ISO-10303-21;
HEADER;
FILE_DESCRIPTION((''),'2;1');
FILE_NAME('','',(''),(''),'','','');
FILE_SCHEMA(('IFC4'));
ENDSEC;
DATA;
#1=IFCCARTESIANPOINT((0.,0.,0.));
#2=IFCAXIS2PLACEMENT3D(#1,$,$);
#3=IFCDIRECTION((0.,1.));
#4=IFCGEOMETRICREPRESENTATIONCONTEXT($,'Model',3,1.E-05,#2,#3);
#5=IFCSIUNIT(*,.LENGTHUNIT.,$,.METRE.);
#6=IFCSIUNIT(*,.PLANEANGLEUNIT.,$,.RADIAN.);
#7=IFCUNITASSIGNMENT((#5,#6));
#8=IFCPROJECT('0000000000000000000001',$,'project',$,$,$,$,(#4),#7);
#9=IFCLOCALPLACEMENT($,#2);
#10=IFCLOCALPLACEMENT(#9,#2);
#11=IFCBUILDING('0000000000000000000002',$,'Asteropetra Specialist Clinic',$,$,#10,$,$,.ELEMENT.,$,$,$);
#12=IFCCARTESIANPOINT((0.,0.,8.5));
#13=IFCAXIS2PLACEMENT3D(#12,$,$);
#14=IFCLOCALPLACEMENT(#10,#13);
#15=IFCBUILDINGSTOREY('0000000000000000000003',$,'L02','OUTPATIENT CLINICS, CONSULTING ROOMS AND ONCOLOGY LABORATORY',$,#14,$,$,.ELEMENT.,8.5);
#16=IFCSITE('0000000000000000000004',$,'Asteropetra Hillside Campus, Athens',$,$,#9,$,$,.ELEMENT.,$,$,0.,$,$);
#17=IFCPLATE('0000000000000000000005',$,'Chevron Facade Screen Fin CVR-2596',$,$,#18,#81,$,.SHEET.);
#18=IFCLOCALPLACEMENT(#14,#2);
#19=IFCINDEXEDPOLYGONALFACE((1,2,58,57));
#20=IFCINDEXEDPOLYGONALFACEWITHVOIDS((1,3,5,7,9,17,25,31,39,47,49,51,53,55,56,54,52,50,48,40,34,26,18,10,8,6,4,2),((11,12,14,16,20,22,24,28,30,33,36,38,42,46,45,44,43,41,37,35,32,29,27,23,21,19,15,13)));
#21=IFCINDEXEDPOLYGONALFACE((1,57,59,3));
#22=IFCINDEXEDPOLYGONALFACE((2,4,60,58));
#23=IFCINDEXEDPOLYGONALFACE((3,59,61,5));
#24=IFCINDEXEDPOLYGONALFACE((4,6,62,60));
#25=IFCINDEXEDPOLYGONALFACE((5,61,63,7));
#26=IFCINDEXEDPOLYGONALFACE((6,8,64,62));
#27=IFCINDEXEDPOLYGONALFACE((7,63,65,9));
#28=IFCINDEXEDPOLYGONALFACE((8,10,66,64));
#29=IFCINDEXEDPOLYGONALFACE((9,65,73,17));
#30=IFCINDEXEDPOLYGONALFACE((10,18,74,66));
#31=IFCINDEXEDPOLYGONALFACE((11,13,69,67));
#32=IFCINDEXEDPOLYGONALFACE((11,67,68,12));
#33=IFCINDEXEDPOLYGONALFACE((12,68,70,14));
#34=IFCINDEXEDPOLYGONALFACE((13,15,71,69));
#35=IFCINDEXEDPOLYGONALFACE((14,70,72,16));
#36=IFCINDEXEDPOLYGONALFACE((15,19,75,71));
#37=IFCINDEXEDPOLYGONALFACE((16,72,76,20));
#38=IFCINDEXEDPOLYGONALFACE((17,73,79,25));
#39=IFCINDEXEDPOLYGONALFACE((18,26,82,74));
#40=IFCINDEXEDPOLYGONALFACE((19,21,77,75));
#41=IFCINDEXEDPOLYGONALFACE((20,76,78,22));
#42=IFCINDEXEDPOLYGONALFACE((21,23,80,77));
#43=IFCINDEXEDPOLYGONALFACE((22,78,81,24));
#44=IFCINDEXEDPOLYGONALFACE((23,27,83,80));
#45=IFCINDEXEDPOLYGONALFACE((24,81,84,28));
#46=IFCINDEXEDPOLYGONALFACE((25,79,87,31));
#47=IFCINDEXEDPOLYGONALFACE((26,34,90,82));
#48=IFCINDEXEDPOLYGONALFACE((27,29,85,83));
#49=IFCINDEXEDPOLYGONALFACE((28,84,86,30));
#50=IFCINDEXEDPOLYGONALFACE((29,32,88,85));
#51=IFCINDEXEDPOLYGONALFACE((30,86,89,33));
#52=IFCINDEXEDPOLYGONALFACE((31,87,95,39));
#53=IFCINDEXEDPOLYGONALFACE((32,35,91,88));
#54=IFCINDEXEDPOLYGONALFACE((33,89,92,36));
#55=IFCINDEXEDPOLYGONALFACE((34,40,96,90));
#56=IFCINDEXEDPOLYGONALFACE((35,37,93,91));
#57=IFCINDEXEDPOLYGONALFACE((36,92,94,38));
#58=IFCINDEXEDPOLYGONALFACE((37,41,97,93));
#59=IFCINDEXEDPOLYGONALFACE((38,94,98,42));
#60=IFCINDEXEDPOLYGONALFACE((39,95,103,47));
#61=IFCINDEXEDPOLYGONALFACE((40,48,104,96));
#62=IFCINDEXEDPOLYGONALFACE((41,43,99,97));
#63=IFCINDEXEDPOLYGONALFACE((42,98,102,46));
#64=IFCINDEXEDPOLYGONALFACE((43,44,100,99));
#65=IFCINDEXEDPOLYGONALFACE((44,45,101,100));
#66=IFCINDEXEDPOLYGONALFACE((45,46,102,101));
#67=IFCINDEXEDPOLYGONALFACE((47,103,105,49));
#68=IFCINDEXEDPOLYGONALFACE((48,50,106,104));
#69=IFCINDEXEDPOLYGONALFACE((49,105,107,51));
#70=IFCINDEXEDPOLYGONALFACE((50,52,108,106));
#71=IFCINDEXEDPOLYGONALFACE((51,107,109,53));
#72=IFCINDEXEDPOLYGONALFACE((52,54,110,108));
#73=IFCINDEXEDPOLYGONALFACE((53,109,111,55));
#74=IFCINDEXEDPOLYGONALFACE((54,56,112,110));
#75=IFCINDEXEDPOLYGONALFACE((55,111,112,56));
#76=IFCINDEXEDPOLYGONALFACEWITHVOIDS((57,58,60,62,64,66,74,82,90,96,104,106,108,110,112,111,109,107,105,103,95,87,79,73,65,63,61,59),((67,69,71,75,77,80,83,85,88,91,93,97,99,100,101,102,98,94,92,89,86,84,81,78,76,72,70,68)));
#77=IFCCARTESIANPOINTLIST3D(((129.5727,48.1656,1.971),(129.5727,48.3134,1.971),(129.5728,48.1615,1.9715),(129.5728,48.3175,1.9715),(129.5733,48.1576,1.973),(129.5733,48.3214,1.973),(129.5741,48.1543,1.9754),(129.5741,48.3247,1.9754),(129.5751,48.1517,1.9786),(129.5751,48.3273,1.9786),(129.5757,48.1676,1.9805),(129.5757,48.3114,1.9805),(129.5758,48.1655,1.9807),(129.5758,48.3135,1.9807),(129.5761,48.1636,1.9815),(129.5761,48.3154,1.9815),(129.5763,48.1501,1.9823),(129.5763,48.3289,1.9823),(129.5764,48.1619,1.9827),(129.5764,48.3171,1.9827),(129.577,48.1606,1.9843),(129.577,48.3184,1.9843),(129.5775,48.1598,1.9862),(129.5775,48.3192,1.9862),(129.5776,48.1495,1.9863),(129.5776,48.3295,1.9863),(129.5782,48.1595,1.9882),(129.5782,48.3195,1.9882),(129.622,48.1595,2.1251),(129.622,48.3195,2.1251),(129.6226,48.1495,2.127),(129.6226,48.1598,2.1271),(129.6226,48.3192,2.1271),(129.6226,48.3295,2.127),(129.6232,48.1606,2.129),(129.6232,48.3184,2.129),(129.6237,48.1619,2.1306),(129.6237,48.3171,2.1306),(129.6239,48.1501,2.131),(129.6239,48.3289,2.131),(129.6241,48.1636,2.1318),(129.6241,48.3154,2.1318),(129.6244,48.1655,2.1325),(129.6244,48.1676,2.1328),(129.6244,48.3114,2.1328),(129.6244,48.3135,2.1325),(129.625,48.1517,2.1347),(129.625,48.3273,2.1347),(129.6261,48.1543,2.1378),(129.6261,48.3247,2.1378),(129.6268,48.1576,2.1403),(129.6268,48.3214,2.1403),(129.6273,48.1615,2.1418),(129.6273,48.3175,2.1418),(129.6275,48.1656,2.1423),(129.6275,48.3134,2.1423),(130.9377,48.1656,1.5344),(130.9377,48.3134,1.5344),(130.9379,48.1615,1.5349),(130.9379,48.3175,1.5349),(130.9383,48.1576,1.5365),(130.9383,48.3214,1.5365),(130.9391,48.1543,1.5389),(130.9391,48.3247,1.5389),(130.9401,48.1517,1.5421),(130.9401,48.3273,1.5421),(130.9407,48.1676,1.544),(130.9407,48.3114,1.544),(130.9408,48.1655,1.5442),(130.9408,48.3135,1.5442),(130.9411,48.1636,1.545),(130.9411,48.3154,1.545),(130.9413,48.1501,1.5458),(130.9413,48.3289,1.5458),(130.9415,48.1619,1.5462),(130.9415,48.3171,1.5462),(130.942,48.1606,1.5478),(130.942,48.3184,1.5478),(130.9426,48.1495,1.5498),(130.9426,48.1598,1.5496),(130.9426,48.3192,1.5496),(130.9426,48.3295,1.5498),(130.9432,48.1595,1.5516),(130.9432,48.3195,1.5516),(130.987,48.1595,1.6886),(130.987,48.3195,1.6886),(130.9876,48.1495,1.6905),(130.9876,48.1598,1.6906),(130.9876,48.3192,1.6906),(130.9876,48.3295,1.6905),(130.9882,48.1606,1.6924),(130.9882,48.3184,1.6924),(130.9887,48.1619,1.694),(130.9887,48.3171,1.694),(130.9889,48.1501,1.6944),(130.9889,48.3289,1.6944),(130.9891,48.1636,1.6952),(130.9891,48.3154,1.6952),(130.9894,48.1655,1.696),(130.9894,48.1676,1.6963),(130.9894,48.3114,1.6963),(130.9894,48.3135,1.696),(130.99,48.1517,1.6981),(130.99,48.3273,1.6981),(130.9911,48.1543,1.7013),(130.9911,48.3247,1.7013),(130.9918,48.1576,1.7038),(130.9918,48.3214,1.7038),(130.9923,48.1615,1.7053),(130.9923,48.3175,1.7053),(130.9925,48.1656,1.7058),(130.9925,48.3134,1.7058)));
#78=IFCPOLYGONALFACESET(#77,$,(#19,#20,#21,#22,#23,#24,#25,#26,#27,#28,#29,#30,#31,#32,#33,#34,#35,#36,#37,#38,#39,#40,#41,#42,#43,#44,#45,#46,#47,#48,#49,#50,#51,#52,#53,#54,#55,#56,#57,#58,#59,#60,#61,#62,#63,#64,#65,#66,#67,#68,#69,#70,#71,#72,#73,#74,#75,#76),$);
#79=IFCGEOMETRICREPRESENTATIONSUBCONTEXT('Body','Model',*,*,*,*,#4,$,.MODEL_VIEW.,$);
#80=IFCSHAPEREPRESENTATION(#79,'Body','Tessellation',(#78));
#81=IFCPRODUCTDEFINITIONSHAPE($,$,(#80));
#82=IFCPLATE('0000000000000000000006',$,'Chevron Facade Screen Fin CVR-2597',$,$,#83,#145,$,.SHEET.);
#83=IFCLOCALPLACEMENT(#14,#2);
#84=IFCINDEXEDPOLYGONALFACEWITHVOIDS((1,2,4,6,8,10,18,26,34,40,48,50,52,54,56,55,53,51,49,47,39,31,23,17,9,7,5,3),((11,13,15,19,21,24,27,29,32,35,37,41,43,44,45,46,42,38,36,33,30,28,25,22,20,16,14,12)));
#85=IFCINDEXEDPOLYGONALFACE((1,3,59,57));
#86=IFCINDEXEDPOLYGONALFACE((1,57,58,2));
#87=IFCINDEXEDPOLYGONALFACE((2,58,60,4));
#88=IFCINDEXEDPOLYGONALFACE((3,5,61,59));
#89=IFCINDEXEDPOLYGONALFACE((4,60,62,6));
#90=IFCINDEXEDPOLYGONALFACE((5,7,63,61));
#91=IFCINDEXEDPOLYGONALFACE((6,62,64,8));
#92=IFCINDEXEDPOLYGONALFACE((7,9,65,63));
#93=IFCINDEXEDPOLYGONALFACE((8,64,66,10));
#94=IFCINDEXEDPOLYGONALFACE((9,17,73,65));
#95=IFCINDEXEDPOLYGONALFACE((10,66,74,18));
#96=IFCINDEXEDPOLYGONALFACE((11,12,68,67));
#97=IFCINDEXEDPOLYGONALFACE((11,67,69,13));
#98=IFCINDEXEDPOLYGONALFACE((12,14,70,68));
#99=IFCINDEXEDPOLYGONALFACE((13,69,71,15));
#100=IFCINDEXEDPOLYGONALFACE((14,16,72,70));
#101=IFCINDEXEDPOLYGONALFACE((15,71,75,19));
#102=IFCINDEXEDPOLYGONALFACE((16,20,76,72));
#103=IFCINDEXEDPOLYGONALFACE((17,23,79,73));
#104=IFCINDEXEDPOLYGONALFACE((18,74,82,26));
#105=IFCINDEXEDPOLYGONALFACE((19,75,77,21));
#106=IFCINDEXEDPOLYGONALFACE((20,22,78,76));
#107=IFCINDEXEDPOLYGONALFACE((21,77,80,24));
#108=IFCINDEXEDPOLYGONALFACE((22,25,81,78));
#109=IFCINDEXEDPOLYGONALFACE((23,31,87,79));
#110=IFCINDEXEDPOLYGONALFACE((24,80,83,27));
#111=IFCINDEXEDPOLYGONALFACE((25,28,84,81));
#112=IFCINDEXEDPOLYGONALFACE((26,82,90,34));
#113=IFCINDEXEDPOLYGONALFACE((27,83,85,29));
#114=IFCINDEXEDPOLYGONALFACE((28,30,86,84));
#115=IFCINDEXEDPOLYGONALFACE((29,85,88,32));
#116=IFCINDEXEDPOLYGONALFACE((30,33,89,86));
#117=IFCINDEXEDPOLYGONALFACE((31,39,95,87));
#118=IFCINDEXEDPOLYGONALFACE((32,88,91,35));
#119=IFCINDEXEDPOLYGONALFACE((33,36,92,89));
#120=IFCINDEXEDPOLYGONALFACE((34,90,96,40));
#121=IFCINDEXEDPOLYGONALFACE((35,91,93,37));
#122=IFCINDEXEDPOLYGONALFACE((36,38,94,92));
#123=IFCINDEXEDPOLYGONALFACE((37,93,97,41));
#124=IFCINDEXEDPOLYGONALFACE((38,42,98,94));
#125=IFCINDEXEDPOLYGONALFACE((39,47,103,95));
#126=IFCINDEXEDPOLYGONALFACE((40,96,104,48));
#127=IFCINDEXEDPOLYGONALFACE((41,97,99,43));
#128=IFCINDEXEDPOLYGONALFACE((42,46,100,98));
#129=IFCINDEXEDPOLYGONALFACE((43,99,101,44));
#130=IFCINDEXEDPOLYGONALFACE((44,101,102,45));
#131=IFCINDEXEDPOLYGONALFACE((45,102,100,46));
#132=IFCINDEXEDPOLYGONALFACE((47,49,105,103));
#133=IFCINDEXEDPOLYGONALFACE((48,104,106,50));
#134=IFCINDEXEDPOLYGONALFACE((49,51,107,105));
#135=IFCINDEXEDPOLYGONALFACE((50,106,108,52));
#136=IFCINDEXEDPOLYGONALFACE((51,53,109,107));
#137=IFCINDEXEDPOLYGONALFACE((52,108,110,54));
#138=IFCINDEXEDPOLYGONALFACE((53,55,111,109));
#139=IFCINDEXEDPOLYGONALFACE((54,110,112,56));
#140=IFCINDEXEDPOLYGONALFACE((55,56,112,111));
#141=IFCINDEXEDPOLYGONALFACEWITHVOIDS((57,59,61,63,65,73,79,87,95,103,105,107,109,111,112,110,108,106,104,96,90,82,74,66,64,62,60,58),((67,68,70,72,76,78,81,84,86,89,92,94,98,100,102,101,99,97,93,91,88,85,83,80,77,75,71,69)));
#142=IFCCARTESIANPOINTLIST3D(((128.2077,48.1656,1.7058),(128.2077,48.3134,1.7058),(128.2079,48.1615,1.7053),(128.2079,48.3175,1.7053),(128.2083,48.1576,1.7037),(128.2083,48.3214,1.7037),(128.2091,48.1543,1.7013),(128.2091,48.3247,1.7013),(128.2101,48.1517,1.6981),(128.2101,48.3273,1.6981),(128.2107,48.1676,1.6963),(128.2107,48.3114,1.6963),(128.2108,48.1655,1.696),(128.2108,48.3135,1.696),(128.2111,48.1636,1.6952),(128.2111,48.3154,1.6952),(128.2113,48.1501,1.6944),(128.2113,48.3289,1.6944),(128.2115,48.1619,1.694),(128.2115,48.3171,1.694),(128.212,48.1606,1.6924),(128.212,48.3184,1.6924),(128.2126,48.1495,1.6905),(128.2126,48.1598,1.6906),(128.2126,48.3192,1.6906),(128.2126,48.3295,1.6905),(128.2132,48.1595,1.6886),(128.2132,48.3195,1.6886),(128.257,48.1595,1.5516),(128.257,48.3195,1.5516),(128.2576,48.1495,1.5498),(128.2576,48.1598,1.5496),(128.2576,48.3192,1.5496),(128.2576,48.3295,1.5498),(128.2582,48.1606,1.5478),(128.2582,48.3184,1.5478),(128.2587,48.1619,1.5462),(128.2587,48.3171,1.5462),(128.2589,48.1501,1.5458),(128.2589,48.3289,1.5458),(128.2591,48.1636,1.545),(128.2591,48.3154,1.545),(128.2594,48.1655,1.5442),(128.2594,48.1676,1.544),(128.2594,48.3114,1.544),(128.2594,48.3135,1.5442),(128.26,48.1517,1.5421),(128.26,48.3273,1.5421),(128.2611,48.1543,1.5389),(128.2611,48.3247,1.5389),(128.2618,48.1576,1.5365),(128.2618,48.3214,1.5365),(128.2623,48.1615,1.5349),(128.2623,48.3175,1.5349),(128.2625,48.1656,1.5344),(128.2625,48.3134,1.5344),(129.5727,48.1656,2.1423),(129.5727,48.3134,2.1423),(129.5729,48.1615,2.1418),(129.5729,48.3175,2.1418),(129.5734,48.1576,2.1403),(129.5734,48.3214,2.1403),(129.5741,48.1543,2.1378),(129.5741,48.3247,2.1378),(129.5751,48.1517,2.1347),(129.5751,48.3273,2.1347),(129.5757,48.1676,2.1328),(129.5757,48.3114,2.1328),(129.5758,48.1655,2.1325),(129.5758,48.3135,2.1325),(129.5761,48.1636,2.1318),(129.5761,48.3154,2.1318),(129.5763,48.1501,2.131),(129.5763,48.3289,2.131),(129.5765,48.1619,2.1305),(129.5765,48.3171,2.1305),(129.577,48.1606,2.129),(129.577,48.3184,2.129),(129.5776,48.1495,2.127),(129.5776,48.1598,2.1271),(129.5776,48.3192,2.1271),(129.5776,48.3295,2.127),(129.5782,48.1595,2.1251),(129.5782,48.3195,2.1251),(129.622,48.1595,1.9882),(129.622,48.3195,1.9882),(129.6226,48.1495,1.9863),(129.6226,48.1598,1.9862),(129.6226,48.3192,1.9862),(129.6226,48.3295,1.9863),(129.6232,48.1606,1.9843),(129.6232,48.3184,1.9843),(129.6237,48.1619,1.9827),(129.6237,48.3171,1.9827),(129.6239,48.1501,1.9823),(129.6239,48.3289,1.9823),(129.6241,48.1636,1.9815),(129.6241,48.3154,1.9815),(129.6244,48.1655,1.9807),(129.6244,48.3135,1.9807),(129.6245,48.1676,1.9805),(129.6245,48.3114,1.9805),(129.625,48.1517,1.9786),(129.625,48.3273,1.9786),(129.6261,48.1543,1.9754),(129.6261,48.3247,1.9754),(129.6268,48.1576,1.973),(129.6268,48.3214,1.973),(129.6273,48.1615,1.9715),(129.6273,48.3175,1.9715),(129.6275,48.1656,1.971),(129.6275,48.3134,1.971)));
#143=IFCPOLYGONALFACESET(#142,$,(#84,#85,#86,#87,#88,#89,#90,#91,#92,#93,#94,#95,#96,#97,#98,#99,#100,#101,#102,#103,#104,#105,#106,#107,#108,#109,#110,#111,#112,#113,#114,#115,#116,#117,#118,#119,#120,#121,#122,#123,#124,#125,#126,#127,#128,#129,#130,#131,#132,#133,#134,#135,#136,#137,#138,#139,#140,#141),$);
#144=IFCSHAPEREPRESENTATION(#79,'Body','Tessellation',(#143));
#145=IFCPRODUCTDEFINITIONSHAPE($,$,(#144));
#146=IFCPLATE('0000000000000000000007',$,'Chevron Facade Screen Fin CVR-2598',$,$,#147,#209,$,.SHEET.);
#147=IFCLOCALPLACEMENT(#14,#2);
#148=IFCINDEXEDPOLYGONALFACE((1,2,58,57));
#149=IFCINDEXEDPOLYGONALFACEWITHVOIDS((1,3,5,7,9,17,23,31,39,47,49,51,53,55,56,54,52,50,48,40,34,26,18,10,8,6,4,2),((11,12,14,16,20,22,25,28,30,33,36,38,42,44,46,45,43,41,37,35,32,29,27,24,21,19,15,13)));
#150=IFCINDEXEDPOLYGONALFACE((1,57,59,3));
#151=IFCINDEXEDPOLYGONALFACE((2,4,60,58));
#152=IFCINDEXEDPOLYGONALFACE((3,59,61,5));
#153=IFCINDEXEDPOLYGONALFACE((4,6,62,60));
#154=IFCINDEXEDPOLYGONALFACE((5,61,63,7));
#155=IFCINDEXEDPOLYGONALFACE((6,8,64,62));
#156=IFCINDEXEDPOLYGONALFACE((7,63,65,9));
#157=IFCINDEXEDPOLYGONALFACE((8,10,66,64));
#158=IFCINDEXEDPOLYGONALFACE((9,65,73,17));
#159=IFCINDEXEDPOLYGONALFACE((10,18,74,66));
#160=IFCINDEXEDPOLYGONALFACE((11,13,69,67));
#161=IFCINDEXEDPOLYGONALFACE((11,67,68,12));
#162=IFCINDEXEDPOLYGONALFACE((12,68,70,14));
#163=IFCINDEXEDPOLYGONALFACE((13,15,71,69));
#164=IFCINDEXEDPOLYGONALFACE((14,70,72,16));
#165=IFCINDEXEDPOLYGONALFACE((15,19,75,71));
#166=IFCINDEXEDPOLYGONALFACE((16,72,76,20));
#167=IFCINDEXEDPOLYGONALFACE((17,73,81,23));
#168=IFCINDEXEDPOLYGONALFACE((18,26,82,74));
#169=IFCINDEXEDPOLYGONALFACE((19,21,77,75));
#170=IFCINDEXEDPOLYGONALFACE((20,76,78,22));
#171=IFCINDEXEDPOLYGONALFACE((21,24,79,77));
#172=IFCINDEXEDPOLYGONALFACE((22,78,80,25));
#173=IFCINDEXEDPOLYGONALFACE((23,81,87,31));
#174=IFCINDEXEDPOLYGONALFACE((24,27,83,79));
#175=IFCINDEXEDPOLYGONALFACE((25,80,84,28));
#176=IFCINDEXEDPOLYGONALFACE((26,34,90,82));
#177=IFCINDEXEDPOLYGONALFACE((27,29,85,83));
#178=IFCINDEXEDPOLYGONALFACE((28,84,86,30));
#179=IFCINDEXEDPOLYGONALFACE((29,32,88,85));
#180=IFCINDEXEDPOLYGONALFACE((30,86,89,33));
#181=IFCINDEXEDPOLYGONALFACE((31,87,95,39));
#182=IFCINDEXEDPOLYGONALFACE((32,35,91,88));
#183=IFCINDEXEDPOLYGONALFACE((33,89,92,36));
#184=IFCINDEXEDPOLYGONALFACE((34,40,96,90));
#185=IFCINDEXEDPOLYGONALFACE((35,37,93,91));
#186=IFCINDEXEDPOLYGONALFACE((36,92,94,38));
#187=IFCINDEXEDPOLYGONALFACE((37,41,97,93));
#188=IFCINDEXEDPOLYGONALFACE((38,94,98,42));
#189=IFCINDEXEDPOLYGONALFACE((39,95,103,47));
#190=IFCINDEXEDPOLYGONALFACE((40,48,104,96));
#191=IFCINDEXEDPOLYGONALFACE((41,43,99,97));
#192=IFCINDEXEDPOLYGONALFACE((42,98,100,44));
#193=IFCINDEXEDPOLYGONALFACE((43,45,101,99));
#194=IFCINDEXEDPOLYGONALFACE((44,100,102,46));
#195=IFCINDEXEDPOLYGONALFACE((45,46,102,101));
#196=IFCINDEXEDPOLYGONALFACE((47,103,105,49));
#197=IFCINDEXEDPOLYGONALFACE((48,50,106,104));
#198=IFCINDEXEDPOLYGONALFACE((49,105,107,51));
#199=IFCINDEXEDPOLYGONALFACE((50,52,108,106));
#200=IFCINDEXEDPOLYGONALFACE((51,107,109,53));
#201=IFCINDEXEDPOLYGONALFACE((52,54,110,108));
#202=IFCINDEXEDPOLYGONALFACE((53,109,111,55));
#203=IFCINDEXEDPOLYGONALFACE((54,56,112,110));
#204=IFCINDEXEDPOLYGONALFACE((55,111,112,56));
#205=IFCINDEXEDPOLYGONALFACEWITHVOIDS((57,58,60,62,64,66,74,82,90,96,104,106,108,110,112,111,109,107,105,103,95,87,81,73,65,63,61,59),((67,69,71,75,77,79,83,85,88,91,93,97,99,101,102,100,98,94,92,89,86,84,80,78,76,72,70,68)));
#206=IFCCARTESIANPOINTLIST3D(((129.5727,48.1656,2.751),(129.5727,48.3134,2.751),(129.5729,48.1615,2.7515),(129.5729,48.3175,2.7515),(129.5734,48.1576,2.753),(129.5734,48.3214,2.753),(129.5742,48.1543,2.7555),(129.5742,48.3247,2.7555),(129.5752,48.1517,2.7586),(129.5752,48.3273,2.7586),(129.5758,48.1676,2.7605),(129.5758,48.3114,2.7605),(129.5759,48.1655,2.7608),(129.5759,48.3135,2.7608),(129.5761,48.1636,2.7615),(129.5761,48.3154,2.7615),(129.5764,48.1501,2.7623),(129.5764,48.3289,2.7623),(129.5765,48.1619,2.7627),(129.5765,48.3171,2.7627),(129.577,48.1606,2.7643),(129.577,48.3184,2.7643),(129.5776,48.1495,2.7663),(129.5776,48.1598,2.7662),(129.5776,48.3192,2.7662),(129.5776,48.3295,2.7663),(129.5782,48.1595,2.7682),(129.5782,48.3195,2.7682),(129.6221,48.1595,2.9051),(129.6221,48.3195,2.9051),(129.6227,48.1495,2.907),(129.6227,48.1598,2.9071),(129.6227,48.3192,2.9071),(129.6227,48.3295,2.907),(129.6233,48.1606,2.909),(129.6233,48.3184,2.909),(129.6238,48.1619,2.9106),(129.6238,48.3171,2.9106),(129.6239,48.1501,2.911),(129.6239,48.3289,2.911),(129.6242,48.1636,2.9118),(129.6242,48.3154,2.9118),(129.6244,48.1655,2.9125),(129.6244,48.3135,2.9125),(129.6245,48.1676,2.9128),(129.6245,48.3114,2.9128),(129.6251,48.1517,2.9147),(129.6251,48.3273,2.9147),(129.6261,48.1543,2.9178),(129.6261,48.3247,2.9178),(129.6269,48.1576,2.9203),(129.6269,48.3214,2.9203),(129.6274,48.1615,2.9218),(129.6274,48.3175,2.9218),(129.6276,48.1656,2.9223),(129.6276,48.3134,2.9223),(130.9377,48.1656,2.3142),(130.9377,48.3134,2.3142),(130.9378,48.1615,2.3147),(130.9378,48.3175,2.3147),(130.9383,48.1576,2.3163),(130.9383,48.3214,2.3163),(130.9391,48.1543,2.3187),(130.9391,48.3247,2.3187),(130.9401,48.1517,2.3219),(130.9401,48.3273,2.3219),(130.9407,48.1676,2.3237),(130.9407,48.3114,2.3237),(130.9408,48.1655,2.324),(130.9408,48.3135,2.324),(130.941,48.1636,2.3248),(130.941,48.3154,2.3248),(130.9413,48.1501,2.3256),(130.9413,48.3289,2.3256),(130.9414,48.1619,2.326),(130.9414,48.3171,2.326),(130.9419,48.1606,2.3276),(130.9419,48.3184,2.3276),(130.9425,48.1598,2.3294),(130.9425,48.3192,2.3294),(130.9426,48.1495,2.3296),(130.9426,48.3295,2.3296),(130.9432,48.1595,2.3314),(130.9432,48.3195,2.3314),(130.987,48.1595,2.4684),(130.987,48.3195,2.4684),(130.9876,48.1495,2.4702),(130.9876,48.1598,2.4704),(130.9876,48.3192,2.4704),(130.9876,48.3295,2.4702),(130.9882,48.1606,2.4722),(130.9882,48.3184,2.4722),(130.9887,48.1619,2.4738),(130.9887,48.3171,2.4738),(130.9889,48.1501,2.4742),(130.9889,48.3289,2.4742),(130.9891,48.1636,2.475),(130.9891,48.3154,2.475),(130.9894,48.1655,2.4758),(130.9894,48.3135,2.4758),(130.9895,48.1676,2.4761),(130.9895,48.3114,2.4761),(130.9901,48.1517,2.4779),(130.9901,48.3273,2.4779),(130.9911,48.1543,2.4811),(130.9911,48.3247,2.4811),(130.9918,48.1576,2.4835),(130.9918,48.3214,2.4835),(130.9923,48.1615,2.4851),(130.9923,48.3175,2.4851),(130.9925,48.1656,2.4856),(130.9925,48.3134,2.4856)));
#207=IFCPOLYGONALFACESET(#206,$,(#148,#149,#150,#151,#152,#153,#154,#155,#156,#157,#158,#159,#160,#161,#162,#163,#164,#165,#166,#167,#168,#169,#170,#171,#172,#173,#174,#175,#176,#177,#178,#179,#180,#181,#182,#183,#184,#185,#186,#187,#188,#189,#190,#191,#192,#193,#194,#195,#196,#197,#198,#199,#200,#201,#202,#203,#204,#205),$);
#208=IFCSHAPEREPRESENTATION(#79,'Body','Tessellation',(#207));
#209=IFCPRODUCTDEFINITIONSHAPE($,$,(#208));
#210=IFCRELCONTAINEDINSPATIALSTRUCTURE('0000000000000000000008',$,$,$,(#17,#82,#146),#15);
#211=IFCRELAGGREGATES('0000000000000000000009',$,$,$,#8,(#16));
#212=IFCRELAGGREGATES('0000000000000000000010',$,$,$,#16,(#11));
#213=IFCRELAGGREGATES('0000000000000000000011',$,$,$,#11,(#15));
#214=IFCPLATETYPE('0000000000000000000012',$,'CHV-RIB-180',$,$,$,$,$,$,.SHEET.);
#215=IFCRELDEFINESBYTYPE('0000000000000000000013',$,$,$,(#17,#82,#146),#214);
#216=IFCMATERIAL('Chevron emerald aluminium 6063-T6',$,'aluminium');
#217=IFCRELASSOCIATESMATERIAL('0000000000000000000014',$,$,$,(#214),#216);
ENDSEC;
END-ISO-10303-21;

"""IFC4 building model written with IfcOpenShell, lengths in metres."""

from ifc_helpers import new_model, si_unit, direction, frame, origin, origin_2d, place, context, subcontext, project, spatial, hollow_rectangle, extrude, material, material_profile, profile_set, type_object, element, save


model = new_model("IFC4")

# Units and contexts
model_context = context("Model", 3, precision=1e-05, world=origin(), true_north=direction((0.0, 1.0)))
body_context = subcontext(model_context, "Body", "Model", "MODEL_VIEW")
ifc_project = project(units=[si_unit("LENGTHUNIT", "METRE"), si_unit("PLANEANGLEUNIT", "RADIAN")], contexts=[model_context])

# Site, building, storey
site_placement = place(None, origin())
site = spatial("IfcSite", under=ifc_project, at=site_placement, Name="Asteropetra Hillside Campus, Athens", CompositionType="ELEMENT", RefElevation=0.0)
building_placement = place(site_placement, origin())
building = spatial("IfcBuilding", under=site, at=building_placement, Name="Asteropetra Specialist Clinic", CompositionType="ELEMENT")
storey_placement = place(building_placement, frame((0.0, 0.0, 8.5)))
storey = spatial("IfcBuildingStorey", under=building, at=storey_placement, Name="L02", Description="OUTPATIENT CLINICS, CONSULTING ROOMS AND ONCOLOGY LABORATORY", CompositionType="ELEMENT", Elevation=8.5)

# Plates
ifc_material_1 = material(Name="Chevron emerald aluminium 6063-T6", Category="aluminium")
ifc_material_profile_1 = material_profile(ifc_material_1, hollow_rectangle(XDim=0.1799, YDim=0.1799, WallThickness=0.01, InnerFilletRadius=0.0081, OuterFilletRadius=0.0161, at=origin_2d()), Name="SHS 180x180x10.0")
ifc_profile_set_1 = profile_set([ifc_material_profile_1], Name="Chevron emerald aluminium 6063-T6")
plate_type = type_object("IfcPlateType", Name="CHV-RIB-180", PredefinedType="SHEET", material=ifc_profile_set_1)
for number, where, z_axis, x_axis, name in (
    (1, (130.9651, 48.2395, 1.6201), (-0.95248, 0.0, 0.304603), (0.0, -1.0, 0.0), "Chevron Facade Screen Fin CVR-2596"),
    (2, (129.6001, 48.2395, 2.0566), (-0.95248, 0.0, -0.304603), (0.0, -1.0, 0.0), "Chevron Facade Screen Fin CVR-2597"),
    (3, (130.9651, 48.2395, 2.3999), (-0.95243, 0.0, 0.304757), (0.0, -1.0, 0.0), "Chevron Facade Screen Fin CVR-2598"),
):
    element("IfcPlate", number, at=place(storey_placement, frame(where, z_axis=z_axis, x_axis=x_axis)), inside=storey, type_object=plate_type, Name=name, PredefinedType="SHEET", context=body_context, shape_type="SweptSolid", body=[
        extrude(hollow_rectangle(XDim=0.1799, YDim=0.1799, WallThickness=0.01, InnerFilletRadius=0.0081, OuterFilletRadius=0.0161, at=origin_2d()), origin(), (0.0, 0.0, 1.0), 1.4331),
    ])

save(model, "model.ifc")
